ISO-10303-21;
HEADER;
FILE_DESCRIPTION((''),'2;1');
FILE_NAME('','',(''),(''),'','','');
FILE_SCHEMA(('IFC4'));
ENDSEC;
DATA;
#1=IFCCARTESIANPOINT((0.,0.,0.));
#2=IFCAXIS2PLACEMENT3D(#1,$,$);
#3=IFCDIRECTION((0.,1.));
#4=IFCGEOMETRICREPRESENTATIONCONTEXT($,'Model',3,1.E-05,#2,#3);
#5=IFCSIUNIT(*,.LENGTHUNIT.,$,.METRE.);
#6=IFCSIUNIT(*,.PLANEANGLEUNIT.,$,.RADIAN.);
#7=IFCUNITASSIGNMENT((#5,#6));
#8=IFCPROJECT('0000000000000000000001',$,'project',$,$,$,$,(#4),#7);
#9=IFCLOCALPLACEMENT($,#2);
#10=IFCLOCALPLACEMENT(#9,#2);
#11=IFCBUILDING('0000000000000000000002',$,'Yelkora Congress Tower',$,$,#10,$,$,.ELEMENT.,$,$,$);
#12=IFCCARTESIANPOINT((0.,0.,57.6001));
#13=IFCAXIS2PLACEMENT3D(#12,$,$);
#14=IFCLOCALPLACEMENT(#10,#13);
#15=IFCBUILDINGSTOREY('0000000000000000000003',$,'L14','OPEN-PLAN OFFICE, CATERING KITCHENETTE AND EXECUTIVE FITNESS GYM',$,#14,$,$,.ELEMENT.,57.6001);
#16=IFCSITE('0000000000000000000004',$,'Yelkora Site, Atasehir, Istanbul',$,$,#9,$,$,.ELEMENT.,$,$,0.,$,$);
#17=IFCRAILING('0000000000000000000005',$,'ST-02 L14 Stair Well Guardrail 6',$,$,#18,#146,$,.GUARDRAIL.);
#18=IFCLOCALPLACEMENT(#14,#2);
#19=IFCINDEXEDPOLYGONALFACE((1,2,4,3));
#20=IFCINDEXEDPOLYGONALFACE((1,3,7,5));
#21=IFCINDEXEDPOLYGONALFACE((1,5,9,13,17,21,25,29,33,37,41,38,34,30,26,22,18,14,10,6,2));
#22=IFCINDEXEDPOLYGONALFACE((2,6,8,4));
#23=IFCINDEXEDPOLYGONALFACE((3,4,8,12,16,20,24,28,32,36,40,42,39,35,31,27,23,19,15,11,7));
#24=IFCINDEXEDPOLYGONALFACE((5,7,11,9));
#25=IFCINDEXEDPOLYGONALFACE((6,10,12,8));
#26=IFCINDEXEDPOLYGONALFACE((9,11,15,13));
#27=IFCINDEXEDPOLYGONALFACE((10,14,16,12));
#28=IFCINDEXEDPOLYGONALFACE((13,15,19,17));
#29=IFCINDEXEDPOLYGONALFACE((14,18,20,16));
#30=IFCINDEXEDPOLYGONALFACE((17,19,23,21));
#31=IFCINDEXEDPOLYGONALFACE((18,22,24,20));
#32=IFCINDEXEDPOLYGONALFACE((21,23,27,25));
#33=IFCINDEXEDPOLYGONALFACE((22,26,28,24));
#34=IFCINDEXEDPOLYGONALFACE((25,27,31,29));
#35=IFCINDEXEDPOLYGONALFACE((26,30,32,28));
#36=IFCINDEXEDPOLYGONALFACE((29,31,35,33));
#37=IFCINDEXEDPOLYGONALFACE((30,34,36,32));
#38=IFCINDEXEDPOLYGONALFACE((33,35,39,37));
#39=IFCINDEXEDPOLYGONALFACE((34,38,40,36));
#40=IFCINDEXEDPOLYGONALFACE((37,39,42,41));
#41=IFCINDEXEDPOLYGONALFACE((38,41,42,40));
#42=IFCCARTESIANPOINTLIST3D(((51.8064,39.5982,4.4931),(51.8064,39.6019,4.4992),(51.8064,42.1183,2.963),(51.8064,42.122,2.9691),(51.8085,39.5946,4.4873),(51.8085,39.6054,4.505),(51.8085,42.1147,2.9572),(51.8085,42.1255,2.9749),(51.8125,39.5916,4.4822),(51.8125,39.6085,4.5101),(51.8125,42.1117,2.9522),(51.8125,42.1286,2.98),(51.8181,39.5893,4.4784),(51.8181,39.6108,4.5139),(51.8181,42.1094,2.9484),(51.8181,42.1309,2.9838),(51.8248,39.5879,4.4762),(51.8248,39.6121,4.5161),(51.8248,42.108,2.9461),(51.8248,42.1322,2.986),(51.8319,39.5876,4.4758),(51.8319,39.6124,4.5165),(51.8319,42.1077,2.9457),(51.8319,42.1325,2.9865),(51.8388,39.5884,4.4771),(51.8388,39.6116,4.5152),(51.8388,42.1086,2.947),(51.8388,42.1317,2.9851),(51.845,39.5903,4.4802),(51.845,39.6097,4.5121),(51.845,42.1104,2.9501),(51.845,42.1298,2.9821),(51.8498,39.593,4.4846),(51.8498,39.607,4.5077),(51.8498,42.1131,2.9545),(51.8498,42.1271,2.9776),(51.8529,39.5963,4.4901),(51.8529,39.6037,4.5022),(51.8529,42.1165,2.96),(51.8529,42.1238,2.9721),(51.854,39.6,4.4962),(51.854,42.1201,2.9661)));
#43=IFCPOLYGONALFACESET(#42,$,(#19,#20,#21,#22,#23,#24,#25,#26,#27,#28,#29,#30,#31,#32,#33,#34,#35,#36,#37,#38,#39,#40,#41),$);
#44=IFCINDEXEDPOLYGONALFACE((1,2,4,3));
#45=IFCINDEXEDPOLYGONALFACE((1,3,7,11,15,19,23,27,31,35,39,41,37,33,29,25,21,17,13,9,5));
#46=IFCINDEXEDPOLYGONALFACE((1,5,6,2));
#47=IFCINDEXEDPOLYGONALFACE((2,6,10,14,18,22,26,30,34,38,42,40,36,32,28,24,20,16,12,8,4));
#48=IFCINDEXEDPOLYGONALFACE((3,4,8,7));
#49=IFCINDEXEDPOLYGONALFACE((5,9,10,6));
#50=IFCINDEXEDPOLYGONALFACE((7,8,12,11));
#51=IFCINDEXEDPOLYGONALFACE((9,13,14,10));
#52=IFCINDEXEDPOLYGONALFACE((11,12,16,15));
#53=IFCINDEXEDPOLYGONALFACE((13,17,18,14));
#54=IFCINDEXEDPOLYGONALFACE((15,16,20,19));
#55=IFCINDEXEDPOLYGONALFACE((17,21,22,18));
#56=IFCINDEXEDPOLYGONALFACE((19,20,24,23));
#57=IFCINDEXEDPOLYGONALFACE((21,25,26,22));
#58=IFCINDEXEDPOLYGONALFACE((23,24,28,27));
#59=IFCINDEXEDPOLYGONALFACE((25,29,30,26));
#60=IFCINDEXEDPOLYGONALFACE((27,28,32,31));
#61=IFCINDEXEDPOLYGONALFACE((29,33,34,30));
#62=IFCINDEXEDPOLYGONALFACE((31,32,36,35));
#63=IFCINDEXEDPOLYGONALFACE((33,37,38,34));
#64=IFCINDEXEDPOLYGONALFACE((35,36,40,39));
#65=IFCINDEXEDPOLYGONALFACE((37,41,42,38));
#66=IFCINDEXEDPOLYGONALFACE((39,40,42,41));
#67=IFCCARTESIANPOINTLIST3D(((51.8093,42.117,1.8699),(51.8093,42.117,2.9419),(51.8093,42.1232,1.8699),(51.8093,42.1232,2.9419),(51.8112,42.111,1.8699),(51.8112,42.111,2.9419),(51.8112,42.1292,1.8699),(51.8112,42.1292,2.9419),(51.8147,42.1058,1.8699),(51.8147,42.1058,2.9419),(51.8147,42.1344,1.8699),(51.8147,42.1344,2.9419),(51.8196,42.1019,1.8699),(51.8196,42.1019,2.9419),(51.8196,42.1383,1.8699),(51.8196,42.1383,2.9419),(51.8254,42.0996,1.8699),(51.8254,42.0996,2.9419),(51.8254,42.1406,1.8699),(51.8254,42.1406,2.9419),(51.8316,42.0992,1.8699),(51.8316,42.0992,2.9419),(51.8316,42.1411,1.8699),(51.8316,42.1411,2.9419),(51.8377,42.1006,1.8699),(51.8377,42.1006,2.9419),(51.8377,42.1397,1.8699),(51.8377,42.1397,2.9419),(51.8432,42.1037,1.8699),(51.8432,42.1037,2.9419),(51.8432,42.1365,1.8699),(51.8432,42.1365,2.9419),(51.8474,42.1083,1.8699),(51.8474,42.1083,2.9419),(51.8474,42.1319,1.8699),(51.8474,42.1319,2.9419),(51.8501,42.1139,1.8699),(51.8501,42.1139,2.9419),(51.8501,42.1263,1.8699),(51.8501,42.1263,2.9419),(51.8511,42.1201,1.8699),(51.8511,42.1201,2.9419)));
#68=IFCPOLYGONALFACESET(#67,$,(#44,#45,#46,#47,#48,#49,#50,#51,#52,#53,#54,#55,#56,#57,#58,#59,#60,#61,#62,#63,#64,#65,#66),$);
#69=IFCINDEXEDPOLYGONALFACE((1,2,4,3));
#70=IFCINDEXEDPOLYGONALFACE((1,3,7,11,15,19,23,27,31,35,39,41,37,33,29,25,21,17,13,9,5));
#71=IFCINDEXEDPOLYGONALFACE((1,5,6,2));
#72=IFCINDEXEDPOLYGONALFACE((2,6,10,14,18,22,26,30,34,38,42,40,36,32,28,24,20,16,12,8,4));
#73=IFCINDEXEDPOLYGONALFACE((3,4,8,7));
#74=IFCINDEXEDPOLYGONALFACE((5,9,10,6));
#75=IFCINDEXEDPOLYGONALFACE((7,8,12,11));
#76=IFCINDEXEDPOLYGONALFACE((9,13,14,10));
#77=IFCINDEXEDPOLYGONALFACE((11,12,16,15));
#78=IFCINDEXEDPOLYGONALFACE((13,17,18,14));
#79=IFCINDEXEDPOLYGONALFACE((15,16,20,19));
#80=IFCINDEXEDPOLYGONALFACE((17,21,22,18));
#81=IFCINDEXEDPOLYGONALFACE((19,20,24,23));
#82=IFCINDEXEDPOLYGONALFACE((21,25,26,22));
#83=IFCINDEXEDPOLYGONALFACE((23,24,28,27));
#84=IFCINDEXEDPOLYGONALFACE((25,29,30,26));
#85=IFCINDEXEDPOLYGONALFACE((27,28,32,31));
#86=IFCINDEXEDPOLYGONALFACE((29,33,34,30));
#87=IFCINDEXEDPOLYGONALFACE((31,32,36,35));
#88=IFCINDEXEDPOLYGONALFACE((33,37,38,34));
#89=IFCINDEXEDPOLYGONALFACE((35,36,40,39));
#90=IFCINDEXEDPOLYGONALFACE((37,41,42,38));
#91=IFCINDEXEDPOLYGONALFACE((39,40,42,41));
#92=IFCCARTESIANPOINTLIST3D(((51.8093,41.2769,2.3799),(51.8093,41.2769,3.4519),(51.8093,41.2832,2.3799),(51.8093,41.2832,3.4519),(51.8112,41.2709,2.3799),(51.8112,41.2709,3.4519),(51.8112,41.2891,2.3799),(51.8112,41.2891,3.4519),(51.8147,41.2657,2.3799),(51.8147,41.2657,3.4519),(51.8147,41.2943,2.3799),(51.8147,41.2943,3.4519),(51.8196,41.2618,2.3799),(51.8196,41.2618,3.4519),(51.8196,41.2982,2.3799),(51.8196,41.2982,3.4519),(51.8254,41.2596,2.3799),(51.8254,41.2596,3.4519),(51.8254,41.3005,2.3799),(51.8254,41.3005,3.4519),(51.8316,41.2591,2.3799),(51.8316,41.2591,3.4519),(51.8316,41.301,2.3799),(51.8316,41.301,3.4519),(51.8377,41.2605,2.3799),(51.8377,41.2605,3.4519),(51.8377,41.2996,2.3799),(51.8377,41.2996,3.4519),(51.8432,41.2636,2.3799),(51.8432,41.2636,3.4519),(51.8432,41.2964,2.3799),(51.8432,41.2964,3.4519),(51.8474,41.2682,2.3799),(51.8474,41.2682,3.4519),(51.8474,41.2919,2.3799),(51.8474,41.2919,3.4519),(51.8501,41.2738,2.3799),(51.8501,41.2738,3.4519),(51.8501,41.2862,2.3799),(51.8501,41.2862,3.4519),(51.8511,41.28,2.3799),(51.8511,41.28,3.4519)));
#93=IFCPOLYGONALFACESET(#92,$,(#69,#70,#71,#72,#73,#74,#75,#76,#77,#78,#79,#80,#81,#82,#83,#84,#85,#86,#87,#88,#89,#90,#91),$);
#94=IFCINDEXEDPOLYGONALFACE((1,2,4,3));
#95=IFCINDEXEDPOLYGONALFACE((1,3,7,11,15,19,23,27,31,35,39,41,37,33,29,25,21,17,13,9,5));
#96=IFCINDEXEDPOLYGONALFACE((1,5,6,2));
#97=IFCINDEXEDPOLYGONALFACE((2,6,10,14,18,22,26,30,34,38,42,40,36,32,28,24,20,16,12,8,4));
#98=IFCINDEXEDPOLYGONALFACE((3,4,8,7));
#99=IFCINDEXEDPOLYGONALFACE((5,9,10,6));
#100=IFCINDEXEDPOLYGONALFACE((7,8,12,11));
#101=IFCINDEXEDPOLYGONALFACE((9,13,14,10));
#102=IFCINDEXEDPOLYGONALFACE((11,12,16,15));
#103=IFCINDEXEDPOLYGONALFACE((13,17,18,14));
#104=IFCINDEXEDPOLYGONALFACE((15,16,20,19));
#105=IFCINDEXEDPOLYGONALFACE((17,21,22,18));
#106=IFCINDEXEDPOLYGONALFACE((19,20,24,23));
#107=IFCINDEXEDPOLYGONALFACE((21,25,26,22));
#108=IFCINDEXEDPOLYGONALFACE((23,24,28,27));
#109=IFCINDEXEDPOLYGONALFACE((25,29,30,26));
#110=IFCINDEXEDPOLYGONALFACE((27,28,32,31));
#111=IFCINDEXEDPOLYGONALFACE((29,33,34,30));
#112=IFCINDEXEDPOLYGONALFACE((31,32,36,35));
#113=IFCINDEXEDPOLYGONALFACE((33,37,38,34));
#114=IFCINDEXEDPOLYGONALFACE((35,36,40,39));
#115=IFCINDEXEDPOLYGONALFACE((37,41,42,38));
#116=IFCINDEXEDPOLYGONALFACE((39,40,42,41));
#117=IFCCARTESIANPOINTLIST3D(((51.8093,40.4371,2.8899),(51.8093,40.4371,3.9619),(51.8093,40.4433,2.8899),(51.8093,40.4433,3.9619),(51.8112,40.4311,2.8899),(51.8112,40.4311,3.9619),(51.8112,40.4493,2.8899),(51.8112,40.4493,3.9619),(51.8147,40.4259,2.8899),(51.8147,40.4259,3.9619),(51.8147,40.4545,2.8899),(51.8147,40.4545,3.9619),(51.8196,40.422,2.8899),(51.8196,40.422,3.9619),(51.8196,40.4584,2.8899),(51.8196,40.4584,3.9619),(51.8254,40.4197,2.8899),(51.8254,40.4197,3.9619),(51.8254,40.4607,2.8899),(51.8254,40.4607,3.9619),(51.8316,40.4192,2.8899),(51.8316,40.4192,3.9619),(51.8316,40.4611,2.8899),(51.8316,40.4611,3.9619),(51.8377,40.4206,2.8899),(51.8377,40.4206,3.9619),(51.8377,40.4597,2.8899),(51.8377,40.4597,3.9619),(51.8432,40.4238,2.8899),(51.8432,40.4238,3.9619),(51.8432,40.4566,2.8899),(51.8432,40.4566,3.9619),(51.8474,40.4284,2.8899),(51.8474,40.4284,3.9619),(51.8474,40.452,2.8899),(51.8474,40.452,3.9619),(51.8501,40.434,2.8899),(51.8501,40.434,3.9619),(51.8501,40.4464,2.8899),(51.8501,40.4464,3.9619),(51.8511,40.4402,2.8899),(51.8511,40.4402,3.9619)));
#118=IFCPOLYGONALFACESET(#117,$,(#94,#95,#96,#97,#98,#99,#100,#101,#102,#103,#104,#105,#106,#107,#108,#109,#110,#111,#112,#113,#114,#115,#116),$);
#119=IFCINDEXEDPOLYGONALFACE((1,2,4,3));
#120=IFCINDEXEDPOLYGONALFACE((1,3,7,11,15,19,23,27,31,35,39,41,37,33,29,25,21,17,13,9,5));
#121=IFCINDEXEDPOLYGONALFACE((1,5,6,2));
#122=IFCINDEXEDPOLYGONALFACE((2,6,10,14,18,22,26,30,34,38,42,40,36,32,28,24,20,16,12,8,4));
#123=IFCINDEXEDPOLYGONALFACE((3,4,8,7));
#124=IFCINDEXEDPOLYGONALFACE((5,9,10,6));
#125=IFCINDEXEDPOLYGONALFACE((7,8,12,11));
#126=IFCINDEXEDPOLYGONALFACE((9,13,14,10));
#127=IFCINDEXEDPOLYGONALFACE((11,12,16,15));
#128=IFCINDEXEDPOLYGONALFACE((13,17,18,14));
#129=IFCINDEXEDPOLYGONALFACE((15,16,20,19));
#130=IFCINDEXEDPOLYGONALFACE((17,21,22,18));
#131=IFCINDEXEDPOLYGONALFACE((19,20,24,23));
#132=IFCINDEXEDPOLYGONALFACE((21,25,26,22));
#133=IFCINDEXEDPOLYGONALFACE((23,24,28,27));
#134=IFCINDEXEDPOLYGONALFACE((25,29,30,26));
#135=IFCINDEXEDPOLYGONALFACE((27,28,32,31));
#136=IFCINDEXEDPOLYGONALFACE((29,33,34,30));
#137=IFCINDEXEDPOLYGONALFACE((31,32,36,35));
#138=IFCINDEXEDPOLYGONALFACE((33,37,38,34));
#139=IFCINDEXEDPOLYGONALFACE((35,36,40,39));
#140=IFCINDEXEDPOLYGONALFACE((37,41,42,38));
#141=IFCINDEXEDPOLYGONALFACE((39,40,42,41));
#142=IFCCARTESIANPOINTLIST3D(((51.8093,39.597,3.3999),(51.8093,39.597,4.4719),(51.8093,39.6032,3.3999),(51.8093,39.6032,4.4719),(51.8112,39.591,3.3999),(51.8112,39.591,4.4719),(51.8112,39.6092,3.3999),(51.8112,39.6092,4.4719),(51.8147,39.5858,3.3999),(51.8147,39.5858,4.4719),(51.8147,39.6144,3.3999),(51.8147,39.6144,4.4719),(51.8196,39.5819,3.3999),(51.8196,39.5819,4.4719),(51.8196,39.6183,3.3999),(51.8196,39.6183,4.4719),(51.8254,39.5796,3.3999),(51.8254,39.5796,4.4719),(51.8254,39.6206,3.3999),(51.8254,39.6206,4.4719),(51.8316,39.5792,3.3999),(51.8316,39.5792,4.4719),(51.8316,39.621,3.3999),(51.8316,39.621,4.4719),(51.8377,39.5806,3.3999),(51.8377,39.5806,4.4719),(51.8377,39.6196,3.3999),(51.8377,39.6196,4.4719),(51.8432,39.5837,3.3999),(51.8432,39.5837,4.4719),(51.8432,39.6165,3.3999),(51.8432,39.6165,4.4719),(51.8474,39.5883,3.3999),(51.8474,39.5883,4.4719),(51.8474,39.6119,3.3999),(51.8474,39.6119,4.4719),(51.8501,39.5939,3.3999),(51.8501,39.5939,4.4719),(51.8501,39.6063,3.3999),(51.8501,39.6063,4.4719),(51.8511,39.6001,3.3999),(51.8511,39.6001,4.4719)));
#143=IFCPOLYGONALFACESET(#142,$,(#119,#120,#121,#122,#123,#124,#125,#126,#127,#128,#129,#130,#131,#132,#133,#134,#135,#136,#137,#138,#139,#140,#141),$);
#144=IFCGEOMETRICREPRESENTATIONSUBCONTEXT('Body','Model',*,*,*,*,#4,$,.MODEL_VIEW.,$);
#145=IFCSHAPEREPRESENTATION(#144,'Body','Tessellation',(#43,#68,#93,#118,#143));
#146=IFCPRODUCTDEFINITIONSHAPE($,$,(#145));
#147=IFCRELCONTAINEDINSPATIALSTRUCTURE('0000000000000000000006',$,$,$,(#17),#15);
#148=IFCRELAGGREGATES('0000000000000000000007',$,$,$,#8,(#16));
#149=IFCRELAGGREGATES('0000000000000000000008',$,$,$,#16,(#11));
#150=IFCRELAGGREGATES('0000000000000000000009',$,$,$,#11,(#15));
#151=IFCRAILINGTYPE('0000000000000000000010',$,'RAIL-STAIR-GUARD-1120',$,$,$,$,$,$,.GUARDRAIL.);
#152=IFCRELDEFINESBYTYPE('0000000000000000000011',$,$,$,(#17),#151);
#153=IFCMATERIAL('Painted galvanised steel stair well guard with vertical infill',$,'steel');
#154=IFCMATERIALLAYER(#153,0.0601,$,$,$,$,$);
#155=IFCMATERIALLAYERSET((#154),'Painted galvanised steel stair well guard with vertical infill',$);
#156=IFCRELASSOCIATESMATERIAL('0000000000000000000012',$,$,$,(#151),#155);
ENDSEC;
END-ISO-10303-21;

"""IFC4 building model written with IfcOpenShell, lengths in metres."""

from ifc_helpers import new_model, si_unit, direction, frame, origin, origin_2d, place, context, subcontext, project, spatial, circle, extrude, material, layer, layer_set, type_object, element, save


model = new_model("IFC4")

# Units and contexts
model_context = context("Model", 3, precision=1e-05, world=origin(), true_north=direction((0.0, 1.0)))
body_context = subcontext(model_context, "Body", "Model", "MODEL_VIEW")
ifc_project = project(units=[si_unit("LENGTHUNIT", "METRE"), si_unit("PLANEANGLEUNIT", "RADIAN")], contexts=[model_context])

# Site, building, storey
site_placement = place(None, origin())
site = spatial("IfcSite", under=ifc_project, at=site_placement, Name="Yelkora Site, Atasehir, Istanbul", CompositionType="ELEMENT", RefElevation=0.0)
building_placement = place(site_placement, origin())
building = spatial("IfcBuilding", under=site, at=building_placement, Name="Yelkora Congress Tower", CompositionType="ELEMENT")
storey_placement = place(building_placement, frame((0.0, 0.0, 57.6001)))
storey = spatial("IfcBuildingStorey", under=building, at=storey_placement, Name="L14", Description="OPEN-PLAN OFFICE, CATERING KITCHENETTE AND EXECUTIVE FITNESS GYM", CompositionType="ELEMENT", Elevation=57.6001)

# Railing
ifc_material_1 = material(Name="Painted galvanised steel stair well guard with vertical infill", Category="steel")
ifc_layer_1 = layer(ifc_material_1, 0.0601)
ifc_layer_set_1 = layer_set([ifc_layer_1], Name="Painted galvanised steel stair well guard with vertical infill")
railing_type_1 = type_object("IfcRailingType", Name="RAIL-STAIR-GUARD-1120", PredefinedType="GUARDRAIL", material=ifc_layer_set_1)
railing_1_placement = place(storey_placement, frame((51.8301, 42.1201, 1.8699)))
element("IfcRailing", 1, at=railing_1_placement, inside=storey, type_object=railing_type_1, Name="ST-02 L14 Stair Well Guardrail 6", PredefinedType="GUARDRAIL", context=body_context, shape_type="SweptSolid", body=[
    extrude(circle(Radius=0.0239, at=origin_2d()), frame((0.0, 0.0, 1.0962), z_axis=(0.0, -0.854785, 0.518982), x_axis=(1.0, 0.0, 0.0)), (0.0, 0.0, 1.0), 2.9482),
    extrude(circle(Radius=0.021, at=origin_2d()), origin(), (0.0, 0.0, 1.0), 1.072),
    extrude(circle(Radius=0.021, at=origin_2d()), frame((0.0, -0.8401, 0.51)), (0.0, 0.0, 1.0), 1.072),
    extrude(circle(Radius=0.021, at=origin_2d()), frame((0.0, -1.6799, 1.02)), (0.0, 0.0, 1.0), 1.072),
    extrude(circle(Radius=0.021, at=origin_2d()), frame((0.0, -2.52, 1.53)), (0.0, 0.0, 1.0), 1.072),
])

save(model, "model.ifc")
